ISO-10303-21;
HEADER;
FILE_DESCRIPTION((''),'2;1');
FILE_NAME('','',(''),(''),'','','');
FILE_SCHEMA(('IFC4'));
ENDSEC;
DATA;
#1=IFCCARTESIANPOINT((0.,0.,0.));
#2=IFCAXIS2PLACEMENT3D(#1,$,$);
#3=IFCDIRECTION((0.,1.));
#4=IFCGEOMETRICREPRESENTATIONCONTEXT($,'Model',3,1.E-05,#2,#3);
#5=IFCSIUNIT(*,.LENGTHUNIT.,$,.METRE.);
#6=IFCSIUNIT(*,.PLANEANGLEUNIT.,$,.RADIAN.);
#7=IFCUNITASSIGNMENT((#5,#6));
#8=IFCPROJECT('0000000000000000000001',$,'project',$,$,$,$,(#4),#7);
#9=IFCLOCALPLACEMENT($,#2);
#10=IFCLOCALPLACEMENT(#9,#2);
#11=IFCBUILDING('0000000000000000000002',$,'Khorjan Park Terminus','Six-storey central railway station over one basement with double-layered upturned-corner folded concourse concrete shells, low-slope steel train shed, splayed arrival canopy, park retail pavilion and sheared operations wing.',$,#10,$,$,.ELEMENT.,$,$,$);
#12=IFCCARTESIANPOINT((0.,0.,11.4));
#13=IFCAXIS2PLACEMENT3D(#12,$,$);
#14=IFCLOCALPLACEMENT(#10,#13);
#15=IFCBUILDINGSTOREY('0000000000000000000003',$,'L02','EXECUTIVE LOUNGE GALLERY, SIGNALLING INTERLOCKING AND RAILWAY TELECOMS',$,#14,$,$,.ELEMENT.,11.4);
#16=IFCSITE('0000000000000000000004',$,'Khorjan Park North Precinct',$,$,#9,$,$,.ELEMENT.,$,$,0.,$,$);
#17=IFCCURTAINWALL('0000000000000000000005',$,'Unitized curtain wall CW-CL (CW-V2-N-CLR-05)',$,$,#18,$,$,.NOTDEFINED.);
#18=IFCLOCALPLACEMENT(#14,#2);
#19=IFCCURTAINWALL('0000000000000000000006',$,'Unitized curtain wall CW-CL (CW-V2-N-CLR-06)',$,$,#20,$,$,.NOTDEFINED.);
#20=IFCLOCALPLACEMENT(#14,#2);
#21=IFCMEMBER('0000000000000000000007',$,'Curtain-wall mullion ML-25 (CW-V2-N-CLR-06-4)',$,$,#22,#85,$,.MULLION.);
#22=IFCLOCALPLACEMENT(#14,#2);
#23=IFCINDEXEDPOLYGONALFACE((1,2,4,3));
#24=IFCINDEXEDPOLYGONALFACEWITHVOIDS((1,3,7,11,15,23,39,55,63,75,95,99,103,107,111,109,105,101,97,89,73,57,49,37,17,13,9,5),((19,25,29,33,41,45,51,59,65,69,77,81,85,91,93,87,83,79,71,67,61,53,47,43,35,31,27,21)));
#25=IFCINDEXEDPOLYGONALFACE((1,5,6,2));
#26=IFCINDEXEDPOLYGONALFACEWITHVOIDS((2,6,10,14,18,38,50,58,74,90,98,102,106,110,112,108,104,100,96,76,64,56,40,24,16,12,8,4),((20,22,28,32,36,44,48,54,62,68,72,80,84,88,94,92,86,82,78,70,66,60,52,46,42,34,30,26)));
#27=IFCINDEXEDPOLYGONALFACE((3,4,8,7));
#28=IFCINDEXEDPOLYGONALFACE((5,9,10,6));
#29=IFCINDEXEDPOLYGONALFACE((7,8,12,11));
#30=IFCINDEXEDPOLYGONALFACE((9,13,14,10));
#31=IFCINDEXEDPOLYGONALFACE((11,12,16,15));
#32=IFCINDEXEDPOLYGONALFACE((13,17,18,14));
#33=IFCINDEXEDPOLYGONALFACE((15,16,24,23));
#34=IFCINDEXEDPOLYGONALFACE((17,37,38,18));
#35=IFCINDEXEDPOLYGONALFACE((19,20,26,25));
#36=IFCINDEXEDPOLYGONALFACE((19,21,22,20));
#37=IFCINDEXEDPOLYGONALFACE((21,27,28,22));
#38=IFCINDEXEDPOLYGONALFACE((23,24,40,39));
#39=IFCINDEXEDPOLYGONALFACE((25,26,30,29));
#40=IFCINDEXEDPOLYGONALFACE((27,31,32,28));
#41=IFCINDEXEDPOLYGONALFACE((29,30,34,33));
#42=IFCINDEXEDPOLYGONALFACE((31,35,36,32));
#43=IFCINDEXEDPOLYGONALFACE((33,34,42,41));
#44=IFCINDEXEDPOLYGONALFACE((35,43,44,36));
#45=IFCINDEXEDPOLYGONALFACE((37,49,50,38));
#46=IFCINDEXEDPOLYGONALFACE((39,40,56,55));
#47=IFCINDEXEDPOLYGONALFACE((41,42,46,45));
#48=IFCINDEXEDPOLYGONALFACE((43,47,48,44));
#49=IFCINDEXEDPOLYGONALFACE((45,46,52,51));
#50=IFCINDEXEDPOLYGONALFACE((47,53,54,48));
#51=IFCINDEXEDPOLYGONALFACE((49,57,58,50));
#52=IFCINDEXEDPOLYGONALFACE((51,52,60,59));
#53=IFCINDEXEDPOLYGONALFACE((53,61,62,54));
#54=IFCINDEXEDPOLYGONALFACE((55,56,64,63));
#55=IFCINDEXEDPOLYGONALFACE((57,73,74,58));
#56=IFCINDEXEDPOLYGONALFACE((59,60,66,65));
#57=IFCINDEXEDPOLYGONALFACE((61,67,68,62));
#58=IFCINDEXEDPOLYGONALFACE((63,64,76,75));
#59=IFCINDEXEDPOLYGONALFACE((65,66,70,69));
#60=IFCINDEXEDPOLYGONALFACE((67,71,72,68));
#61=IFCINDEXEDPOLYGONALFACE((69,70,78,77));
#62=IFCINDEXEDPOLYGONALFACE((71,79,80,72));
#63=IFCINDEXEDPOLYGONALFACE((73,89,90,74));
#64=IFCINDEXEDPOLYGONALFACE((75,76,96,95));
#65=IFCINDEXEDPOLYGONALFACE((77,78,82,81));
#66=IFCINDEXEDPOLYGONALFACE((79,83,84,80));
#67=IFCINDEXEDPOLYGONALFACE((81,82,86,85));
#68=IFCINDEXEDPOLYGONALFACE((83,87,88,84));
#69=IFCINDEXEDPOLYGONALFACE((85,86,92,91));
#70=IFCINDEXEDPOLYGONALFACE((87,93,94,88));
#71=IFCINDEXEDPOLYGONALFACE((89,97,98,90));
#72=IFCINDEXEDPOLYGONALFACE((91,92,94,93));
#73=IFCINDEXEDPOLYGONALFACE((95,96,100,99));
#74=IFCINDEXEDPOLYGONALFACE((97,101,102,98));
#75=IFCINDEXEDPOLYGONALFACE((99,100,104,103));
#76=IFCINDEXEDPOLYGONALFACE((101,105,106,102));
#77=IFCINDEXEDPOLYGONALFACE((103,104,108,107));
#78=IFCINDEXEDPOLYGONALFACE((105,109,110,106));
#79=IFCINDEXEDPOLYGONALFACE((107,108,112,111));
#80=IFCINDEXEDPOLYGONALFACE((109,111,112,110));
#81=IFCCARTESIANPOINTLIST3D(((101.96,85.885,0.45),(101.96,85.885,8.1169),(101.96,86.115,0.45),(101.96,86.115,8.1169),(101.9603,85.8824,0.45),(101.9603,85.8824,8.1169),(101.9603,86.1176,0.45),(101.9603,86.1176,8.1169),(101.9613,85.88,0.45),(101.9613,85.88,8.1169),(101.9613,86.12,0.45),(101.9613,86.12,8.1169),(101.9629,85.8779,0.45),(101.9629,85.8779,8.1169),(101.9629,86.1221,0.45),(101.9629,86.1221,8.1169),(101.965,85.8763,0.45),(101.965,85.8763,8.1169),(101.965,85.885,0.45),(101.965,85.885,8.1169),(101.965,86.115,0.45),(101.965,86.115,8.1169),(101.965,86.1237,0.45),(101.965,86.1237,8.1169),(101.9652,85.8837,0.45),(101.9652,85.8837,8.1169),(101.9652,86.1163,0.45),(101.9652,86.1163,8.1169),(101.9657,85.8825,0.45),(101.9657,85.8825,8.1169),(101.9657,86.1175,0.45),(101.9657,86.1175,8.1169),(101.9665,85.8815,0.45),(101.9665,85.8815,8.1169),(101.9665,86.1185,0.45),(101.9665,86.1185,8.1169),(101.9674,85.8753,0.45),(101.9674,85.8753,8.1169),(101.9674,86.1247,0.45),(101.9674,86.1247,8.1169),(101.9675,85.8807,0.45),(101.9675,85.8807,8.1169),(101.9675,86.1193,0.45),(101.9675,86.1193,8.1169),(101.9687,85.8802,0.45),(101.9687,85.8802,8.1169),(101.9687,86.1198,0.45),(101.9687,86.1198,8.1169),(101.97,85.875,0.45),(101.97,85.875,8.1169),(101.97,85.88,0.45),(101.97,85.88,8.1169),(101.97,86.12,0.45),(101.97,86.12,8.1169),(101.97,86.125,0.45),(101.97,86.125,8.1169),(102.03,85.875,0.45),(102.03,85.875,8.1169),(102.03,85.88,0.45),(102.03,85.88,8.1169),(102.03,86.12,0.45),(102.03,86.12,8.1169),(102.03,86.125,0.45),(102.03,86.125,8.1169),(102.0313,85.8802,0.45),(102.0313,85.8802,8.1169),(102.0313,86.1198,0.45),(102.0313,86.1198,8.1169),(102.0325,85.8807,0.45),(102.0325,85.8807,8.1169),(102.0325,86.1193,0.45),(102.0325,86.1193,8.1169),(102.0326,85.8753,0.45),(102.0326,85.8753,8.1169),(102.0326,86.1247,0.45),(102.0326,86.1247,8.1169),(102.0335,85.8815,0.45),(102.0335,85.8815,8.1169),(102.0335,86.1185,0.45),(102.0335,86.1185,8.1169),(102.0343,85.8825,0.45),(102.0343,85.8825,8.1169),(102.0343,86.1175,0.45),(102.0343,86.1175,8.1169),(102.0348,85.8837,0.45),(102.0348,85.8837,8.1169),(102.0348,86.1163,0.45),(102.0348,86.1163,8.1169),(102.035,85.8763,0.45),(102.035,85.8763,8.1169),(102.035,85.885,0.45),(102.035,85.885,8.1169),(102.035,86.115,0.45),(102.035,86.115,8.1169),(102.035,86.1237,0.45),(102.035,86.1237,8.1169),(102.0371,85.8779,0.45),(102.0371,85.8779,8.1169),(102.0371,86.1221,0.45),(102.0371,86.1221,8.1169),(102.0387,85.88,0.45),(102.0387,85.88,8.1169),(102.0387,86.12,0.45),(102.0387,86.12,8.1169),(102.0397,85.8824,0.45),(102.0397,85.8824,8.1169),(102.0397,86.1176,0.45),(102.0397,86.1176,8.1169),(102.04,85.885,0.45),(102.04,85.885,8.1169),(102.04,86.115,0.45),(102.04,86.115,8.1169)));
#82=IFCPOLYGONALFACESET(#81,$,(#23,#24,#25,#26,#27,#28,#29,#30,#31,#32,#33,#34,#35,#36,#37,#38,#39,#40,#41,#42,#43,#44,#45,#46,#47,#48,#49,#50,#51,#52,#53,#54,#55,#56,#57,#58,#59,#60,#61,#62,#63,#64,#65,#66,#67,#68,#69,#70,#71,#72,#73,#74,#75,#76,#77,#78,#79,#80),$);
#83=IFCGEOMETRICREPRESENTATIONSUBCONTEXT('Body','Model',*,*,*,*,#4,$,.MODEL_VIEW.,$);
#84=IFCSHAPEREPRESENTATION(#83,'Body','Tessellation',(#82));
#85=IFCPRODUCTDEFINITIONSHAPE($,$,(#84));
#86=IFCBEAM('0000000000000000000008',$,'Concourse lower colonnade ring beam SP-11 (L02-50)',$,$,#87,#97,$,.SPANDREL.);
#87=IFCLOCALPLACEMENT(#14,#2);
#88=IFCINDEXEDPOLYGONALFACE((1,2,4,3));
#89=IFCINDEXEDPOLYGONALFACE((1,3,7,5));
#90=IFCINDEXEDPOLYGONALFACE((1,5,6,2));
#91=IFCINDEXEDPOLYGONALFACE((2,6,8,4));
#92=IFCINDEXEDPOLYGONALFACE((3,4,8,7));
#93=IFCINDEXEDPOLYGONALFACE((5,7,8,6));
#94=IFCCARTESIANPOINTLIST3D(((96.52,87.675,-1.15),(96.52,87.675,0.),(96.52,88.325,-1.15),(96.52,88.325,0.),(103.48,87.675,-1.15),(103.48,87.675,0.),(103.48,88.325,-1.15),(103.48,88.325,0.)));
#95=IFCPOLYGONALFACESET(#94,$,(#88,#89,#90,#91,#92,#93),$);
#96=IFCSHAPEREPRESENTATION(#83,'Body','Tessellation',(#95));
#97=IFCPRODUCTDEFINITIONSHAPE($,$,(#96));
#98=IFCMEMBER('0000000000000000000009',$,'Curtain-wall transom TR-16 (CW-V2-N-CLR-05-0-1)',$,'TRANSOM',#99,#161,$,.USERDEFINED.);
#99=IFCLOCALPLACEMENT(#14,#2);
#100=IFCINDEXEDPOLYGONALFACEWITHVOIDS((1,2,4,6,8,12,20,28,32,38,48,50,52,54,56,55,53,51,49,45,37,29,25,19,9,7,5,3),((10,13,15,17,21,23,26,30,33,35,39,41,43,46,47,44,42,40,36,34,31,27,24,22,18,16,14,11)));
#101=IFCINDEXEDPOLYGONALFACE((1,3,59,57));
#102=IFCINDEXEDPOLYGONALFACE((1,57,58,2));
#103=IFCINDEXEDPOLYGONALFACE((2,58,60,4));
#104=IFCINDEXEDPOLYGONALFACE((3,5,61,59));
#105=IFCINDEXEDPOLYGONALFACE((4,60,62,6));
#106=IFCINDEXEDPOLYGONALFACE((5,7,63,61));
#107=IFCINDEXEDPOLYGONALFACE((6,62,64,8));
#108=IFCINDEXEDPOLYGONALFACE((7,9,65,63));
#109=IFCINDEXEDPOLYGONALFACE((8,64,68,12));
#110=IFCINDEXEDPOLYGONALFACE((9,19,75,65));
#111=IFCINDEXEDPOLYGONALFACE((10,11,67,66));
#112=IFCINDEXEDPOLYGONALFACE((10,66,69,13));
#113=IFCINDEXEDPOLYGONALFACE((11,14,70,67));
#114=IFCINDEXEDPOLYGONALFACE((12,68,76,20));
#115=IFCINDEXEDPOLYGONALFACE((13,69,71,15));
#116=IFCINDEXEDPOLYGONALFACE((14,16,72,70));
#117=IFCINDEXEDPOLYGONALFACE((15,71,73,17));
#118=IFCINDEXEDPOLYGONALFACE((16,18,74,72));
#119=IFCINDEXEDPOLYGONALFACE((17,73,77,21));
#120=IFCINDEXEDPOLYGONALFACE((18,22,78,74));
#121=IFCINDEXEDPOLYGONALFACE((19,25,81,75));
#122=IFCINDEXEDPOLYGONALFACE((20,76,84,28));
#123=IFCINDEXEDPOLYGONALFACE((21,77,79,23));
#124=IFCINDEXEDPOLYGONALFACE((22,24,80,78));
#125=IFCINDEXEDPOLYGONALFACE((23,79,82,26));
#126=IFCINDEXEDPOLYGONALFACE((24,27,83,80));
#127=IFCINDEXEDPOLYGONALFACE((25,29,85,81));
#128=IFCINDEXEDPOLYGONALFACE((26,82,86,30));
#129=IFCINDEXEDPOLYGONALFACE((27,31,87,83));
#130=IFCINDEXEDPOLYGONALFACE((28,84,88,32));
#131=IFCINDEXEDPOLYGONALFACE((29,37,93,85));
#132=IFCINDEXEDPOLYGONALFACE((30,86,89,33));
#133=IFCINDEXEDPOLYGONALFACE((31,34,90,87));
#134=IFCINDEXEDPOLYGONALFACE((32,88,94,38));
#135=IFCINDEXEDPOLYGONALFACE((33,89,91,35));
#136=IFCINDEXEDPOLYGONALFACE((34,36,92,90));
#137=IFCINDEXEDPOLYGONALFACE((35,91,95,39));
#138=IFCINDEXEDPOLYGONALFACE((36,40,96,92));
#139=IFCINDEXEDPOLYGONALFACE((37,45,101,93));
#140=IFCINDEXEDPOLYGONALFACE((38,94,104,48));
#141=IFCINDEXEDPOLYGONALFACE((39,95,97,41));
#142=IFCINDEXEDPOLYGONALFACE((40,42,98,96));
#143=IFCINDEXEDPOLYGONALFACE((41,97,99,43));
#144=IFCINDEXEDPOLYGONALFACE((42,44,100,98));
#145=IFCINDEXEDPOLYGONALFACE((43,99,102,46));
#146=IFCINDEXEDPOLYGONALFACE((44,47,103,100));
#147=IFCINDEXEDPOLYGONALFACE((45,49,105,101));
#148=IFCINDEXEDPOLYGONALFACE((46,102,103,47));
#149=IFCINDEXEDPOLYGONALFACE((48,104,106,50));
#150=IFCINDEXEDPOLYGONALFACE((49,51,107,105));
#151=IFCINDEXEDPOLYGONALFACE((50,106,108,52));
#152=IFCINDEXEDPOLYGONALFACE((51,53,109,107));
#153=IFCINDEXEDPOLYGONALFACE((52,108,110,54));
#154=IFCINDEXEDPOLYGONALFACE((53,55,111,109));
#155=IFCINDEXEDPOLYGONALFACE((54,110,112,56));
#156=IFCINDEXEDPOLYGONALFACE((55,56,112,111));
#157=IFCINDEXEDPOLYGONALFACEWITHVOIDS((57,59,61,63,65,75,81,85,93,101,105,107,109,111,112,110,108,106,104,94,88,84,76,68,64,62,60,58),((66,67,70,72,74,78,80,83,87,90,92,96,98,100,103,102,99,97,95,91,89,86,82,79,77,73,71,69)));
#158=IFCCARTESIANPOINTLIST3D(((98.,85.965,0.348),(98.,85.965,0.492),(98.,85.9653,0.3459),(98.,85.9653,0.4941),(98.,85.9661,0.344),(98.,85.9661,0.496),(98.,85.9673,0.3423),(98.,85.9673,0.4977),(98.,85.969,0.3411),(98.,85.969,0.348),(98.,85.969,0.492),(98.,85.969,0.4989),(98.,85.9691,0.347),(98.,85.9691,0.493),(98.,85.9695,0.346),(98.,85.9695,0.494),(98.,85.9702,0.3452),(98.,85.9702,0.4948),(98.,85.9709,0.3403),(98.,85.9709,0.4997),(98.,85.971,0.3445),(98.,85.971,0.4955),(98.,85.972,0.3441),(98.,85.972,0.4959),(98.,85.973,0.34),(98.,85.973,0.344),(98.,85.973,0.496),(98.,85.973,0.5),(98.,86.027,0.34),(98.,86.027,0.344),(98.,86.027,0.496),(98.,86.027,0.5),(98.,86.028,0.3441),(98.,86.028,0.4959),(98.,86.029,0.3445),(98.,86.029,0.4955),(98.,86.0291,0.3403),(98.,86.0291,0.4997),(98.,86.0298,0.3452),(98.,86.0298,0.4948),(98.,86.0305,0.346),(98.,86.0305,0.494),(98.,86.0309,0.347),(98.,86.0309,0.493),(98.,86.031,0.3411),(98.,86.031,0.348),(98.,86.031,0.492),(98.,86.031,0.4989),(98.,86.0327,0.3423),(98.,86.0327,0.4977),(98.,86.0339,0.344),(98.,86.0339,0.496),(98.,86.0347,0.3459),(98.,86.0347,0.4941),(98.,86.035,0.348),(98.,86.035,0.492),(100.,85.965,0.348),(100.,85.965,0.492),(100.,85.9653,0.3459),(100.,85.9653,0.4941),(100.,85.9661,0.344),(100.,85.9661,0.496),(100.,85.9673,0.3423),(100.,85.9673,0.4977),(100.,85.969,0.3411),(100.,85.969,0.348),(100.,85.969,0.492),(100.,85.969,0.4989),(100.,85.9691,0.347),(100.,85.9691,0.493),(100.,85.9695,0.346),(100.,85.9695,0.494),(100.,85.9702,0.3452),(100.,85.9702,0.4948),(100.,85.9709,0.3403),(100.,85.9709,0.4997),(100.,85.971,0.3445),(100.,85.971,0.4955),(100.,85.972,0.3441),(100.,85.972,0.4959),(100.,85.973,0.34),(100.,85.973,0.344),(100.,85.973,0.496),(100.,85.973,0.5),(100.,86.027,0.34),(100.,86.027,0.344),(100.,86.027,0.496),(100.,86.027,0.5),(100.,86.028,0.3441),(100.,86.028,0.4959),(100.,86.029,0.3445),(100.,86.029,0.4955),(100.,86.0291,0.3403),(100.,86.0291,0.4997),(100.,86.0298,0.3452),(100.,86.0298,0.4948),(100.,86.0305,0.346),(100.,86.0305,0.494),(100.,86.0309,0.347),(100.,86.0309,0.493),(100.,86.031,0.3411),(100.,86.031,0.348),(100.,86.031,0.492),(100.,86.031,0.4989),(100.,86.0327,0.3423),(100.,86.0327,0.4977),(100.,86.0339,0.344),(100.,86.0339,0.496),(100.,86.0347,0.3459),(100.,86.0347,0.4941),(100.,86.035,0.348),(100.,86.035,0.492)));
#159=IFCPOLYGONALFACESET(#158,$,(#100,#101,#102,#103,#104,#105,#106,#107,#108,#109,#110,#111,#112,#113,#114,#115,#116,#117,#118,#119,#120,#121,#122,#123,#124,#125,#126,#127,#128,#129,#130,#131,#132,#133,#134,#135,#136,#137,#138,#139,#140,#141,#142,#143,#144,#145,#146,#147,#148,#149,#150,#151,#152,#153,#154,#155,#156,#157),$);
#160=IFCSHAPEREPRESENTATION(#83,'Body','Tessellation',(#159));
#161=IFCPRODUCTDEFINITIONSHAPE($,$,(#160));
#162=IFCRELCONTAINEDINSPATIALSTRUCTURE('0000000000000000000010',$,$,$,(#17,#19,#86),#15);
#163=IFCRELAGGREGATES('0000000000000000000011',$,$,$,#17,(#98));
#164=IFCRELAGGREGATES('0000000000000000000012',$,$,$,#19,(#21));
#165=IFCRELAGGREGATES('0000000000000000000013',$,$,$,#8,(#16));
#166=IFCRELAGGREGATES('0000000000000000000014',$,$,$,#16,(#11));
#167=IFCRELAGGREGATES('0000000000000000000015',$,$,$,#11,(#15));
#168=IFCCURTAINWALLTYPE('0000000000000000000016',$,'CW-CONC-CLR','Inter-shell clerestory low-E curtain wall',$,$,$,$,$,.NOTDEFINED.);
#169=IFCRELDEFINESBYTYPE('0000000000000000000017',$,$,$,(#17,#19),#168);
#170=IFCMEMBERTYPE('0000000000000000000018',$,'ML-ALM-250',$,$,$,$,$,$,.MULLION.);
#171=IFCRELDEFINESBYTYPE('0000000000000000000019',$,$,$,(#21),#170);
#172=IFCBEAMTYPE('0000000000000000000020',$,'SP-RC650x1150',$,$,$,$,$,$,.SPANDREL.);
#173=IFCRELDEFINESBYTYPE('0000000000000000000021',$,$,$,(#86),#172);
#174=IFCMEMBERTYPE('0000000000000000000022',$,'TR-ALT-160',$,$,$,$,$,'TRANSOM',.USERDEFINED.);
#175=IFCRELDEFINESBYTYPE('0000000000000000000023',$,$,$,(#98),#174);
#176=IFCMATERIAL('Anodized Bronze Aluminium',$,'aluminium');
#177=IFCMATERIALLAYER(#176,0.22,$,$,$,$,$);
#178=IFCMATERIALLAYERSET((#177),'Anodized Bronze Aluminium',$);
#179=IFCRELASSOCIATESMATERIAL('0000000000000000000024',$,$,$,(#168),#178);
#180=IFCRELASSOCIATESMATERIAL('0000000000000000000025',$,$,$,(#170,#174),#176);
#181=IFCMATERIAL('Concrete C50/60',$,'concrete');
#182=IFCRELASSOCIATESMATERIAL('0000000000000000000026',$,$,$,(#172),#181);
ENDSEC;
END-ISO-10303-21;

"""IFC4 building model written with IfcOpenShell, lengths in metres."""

from ifc_helpers import new_model, si_unit, direction, frame, origin, origin_2d, place, context, subcontext, project, spatial, rectangle, hollow_rectangle, extrude, material, layer, layer_set, material_profile, profile_set, type_object, element, aggregate, save


model = new_model("IFC4")

# Units and contexts
model_context = context("Model", 3, precision=1e-05, world=origin(), true_north=direction((0.0, 1.0)))
body_context = subcontext(model_context, "Body", "Model", "MODEL_VIEW")
ifc_project = project(units=[si_unit("LENGTHUNIT", "METRE"), si_unit("PLANEANGLEUNIT", "RADIAN")], contexts=[model_context])

# Site, building, storey
site_placement = place(None, origin())
site = spatial("IfcSite", under=ifc_project, at=site_placement, Name="Khorjan Park North Precinct", CompositionType="ELEMENT", RefElevation=0.0)
building_placement = place(site_placement, origin())
building = spatial("IfcBuilding", under=site, at=building_placement, Name="Khorjan Park Terminus", Description="Six-storey central railway station over one basement with double-layered upturned-corner folded concourse concrete shells, low-slope steel train shed, splayed arrival canopy, park retail pavilion and sheared operations wing.", CompositionType="ELEMENT")
storey_placement = place(building_placement, frame((0.0, 0.0, 11.4)))
storey = spatial("IfcBuildingStorey", under=building, at=storey_placement, Name="L02", Description="EXECUTIVE LOUNGE GALLERY, SIGNALLING INTERLOCKING AND RAILWAY TELECOMS", CompositionType="ELEMENT", Elevation=11.4)

# Curtain wall
ifc_material_1 = material(Name="Anodized Bronze Aluminium", Category="aluminium")
ifc_layer_1 = layer(ifc_material_1, 0.22)
ifc_layer_set_1 = layer_set([ifc_layer_1], Name="Anodized Bronze Aluminium")
curtain_wall_type = type_object("IfcCurtainWallType", Name="CW-CONC-CLR", Description="Inter-shell clerestory low-E curtain wall", PredefinedType="NOTDEFINED", material=ifc_layer_set_1)
curtain_wall_1_placement = place(storey_placement, origin())
curtain_wall_1 = element("IfcCurtainWall", 1, at=curtain_wall_1_placement, inside=storey, type_object=curtain_wall_type, Name="Unitized curtain wall CW-CL (CW-V2-N-CLR-05)", PredefinedType="NOTDEFINED")
ifc_material_profile_1 = material_profile(ifc_material_1, hollow_rectangle(XDim=0.08, YDim=0.25, WallThickness=0.005, InnerFilletRadius=0.005, OuterFilletRadius=0.01, at=origin_2d()), Name="ALM 80x250x5")
ifc_profile_set_1 = profile_set([ifc_material_profile_1], Name="Anodized Bronze Aluminium")
member_type_1 = type_object("IfcMemberType", Name="ML-ALM-250", PredefinedType="MULLION", material=ifc_profile_set_1)

# Curtain wall, member
curtain_wall_2_placement = place(storey_placement, origin())
curtain_wall_2 = element("IfcCurtainWall", 2, at=curtain_wall_2_placement, inside=storey, type_object=curtain_wall_type, Name="Unitized curtain wall CW-CL (CW-V2-N-CLR-06)", PredefinedType="NOTDEFINED")
member_1_placement = place(storey_placement, frame((102.0, 86.0, 0.45), z_axis=(0.0, 0.0, 1.0), x_axis=(-1.0, 0.0, 0.0)))
member_1 = element("IfcMember", 3, at=member_1_placement, type_object=member_type_1, Name="Curtain-wall mullion ML-25 (CW-V2-N-CLR-06-4)", PredefinedType="MULLION", context=body_context, shape_type="SweptSolid", body=[
    extrude(hollow_rectangle(XDim=0.08, YDim=0.25, WallThickness=0.005, InnerFilletRadius=0.005, OuterFilletRadius=0.01, at=origin_2d()), origin(), (0.0, 0.0, 1.0), 7.6669),
])

# Beam
ifc_material_2 = material(Name="Concrete C50/60", Category="concrete")
ifc_material_profile_2 = material_profile(ifc_material_2, rectangle(XDim=0.65, YDim=1.15, at=origin_2d()), Name="RC 650x1150")
ifc_profile_set_2 = profile_set([ifc_material_profile_2], Name="Concrete C50/60")
beam_type = type_object("IfcBeamType", Name="SP-RC650x1150", PredefinedType="SPANDREL", material=ifc_profile_set_2)
beam_placement = place(storey_placement, frame((96.52, 88.0, -0.575), z_axis=(1.0, 0.0, 0.0), x_axis=(0.0, 1.0, 0.0)))
element("IfcBeam", 4, at=beam_placement, inside=storey, type_object=beam_type, Name="Concourse lower colonnade ring beam SP-11 (L02-50)", PredefinedType="SPANDREL", context=body_context, shape_type="SweptSolid", body=[
    extrude(rectangle(XDim=0.65, YDim=1.15, at=origin_2d()), origin(), (0.0, 0.0, 1.0), 6.96),
])

# Member
ifc_material_profile_3 = material_profile(ifc_material_1, hollow_rectangle(XDim=0.07, YDim=0.16, WallThickness=0.004, InnerFilletRadius=0.004, OuterFilletRadius=0.008, at=origin_2d()), Name="ALT 70x160x4")
ifc_profile_set_3 = profile_set([ifc_material_profile_3], Name="Anodized Bronze Aluminium")
member_type_2 = type_object("IfcMemberType", Name="TR-ALT-160", ElementType="TRANSOM", PredefinedType="USERDEFINED", material=ifc_profile_set_3)
member_2_placement = place(storey_placement, frame((100.0, 86.0, 0.42), z_axis=(-1.0, 0.0, 0.0), x_axis=(0.0, -1.0, 0.0)))
member_2 = element("IfcMember", 5, at=member_2_placement, type_object=member_type_2, Name="Curtain-wall transom TR-16 (CW-V2-N-CLR-05-0-1)", ObjectType="TRANSOM", PredefinedType="USERDEFINED", context=body_context, shape_type="SweptSolid", body=[
    extrude(hollow_rectangle(XDim=0.07, YDim=0.16, WallThickness=0.004, InnerFilletRadius=0.004, OuterFilletRadius=0.008, at=origin_2d()), origin(), (0.0, 0.0, 1.0), 2.0),
])

aggregate(curtain_wall_1, [member_2])
aggregate(curtain_wall_2, [member_1])

save(model, "model.ifc")
